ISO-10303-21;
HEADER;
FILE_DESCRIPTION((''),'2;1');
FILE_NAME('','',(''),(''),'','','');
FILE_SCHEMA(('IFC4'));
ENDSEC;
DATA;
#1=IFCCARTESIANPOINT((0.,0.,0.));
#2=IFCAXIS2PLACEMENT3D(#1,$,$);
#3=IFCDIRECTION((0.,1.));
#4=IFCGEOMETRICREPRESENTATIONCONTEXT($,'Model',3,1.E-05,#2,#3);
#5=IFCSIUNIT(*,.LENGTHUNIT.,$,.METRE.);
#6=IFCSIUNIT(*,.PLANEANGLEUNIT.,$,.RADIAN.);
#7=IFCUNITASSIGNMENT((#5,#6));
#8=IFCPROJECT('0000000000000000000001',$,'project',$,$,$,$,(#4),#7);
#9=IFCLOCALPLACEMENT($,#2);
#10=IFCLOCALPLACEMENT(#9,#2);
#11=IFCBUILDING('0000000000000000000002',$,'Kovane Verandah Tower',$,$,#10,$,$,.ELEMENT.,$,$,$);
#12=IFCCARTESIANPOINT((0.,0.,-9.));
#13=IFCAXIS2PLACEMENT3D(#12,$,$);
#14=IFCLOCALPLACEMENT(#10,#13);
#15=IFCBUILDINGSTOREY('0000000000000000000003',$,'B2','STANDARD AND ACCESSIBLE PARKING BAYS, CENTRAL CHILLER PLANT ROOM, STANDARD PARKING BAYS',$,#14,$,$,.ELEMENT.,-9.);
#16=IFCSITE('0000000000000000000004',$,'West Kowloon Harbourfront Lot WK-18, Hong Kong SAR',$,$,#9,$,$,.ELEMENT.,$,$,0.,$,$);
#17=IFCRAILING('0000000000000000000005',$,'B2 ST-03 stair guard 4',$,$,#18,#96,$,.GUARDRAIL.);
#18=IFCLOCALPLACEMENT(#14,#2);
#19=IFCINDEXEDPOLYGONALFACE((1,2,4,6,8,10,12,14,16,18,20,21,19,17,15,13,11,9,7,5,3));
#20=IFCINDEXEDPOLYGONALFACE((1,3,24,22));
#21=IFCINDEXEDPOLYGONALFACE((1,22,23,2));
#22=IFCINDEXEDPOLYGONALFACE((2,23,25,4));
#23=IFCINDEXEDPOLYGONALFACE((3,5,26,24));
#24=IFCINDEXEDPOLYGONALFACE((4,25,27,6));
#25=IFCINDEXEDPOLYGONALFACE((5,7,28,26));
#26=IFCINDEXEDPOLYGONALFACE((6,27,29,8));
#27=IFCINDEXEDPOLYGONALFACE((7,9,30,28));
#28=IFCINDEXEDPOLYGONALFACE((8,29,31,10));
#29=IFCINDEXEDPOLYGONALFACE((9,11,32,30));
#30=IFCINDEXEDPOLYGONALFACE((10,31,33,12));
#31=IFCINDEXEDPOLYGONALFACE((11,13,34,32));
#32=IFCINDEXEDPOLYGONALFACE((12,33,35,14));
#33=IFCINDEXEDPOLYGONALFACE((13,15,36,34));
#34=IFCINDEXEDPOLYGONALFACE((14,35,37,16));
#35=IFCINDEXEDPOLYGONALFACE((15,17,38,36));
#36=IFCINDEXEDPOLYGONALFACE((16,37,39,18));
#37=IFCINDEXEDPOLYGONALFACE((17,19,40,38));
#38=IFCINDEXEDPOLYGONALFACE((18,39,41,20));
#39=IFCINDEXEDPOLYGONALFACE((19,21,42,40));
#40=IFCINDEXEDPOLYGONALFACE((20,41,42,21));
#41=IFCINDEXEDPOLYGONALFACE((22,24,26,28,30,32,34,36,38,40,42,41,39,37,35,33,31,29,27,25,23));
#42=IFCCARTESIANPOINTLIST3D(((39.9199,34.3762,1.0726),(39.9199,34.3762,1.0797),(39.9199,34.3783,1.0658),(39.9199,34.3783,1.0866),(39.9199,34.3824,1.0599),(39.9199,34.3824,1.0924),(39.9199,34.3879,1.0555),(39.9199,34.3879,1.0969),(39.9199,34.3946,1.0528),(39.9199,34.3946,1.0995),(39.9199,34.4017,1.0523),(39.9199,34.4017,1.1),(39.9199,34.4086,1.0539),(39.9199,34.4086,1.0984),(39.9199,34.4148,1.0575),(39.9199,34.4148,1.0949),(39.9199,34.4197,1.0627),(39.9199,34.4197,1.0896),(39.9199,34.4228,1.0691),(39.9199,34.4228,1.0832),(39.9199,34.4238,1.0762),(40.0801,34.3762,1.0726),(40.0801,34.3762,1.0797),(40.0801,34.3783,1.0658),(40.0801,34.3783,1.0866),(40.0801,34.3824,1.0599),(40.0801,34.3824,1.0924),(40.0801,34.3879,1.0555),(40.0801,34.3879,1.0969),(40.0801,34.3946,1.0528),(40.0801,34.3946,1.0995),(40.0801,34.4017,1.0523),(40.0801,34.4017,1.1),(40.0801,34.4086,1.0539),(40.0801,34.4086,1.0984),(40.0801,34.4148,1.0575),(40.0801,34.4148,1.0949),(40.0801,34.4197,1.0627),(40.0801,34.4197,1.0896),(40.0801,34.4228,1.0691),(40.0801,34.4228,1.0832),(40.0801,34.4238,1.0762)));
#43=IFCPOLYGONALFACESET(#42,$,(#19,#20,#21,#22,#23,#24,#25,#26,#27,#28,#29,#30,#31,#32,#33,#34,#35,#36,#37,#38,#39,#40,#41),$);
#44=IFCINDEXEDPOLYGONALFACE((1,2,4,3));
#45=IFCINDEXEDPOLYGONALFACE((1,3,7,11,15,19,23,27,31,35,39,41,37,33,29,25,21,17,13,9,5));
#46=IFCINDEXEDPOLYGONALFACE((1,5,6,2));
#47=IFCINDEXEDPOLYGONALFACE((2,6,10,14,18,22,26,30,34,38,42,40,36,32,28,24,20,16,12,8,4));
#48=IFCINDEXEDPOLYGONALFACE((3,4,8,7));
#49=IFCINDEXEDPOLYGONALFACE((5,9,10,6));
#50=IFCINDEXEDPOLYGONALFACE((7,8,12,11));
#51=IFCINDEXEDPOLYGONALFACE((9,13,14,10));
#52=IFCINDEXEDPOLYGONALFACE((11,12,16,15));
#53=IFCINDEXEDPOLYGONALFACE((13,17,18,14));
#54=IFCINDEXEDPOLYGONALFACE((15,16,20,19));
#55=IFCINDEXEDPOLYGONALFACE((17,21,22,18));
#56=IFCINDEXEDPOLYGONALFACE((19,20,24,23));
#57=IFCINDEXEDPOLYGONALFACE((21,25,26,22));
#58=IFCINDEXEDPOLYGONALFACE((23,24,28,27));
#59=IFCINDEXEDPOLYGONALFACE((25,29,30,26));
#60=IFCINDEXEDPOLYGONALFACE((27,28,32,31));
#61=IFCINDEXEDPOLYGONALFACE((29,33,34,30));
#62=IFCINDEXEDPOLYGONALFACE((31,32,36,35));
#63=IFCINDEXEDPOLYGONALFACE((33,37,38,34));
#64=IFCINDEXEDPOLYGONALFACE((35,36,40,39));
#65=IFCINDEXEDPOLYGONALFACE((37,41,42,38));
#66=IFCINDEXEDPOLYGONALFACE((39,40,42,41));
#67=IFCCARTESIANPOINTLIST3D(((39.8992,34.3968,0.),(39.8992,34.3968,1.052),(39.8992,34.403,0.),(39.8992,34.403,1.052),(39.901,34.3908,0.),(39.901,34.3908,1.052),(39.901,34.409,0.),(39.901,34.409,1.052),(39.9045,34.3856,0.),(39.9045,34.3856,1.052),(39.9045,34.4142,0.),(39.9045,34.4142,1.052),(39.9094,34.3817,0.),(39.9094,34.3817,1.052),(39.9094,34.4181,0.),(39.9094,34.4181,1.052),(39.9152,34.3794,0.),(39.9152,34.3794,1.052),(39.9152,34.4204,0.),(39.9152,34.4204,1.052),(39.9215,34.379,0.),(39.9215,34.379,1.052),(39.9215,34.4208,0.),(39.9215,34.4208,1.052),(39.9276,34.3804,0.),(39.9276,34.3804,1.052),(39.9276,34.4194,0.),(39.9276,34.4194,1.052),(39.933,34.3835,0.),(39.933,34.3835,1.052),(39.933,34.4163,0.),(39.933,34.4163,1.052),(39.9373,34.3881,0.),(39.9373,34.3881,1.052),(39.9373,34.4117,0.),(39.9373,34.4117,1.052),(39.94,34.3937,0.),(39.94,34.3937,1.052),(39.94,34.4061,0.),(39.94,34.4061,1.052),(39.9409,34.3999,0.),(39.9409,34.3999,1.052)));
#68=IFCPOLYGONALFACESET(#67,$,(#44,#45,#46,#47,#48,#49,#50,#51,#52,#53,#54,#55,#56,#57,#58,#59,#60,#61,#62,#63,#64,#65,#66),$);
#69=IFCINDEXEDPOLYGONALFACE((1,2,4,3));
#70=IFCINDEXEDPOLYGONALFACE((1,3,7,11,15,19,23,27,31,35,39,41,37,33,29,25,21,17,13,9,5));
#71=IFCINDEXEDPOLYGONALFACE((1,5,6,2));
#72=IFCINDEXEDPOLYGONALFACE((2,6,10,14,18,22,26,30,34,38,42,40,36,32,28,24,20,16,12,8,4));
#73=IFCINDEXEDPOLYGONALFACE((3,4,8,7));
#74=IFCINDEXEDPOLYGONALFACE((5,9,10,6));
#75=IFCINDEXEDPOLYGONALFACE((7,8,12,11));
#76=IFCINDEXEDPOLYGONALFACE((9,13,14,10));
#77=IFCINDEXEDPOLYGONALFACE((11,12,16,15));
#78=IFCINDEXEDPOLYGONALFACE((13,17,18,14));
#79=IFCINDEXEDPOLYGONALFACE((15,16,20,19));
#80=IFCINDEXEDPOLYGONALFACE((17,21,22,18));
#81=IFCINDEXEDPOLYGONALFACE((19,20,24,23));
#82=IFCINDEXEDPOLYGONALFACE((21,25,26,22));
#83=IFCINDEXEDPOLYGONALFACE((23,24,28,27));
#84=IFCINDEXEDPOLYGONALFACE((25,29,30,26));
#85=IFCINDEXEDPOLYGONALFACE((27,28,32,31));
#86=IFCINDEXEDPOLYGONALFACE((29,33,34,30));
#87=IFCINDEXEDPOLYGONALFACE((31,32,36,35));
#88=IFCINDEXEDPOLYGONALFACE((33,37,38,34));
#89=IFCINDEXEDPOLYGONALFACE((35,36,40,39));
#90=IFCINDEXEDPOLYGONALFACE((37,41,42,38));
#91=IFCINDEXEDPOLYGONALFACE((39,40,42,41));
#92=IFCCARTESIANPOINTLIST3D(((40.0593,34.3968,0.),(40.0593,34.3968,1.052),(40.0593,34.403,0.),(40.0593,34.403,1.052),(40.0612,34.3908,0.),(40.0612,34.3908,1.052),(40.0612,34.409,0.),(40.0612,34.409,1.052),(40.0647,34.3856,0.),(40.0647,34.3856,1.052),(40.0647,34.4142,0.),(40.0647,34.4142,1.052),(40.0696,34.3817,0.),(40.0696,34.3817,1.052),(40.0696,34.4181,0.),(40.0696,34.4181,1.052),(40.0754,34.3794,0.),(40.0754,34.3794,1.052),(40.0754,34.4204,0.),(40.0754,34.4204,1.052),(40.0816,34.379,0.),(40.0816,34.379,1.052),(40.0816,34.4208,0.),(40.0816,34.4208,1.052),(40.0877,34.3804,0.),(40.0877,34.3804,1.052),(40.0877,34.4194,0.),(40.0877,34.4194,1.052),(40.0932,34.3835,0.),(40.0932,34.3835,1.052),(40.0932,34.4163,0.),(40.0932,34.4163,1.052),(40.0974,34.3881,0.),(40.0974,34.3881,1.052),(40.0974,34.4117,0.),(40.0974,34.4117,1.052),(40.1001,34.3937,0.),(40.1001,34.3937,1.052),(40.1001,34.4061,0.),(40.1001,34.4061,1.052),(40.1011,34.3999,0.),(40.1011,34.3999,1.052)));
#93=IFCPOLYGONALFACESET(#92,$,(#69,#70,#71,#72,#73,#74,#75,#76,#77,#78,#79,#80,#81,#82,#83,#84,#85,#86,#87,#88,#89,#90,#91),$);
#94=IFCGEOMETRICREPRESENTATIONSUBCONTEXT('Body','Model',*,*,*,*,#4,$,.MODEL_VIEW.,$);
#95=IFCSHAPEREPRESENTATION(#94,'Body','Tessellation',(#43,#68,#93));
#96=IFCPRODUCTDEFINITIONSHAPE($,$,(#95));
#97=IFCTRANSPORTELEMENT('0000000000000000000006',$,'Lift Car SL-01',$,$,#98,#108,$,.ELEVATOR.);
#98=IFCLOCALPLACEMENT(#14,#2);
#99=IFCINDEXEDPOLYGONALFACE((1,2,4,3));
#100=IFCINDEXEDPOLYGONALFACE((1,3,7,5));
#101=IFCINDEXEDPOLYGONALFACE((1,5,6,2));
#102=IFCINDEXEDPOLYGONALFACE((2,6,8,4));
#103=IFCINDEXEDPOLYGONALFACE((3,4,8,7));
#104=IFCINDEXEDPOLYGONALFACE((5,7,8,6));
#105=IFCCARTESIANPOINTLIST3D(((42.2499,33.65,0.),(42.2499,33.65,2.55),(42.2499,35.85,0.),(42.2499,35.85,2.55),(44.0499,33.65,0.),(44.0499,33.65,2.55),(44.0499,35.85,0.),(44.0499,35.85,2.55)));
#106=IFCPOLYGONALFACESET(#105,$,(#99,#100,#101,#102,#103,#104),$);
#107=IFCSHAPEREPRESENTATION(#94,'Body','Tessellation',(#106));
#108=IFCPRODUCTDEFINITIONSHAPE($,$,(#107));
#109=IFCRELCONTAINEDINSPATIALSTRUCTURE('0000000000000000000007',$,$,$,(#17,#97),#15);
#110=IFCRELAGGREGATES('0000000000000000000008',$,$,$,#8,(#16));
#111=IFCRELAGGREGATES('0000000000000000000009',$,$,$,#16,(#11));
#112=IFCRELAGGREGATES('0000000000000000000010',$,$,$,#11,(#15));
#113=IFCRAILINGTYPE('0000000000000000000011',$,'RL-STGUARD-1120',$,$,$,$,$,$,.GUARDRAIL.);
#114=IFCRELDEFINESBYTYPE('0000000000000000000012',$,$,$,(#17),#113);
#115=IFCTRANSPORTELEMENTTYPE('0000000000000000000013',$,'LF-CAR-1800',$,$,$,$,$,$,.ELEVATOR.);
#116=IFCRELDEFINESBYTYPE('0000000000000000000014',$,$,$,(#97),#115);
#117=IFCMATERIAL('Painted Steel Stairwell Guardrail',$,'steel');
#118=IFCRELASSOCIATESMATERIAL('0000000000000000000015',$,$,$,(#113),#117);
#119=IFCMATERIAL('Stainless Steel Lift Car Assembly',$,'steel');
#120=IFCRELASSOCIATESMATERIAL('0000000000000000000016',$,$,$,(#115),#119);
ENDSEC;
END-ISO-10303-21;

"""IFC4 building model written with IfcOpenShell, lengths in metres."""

from ifc_helpers import new_model, si_unit, direction, frame, origin, origin_2d, place, context, subcontext, project, spatial, rectangle, circle, extrude, material, type_object, element, save


model = new_model("IFC4")

# Units and contexts
model_context = context("Model", 3, precision=1e-05, world=origin(), true_north=direction((0.0, 1.0)))
body_context = subcontext(model_context, "Body", "Model", "MODEL_VIEW")
ifc_project = project(units=[si_unit("LENGTHUNIT", "METRE"), si_unit("PLANEANGLEUNIT", "RADIAN")], contexts=[model_context])

# Site, building, storey
site_placement = place(None, origin())
site = spatial("IfcSite", under=ifc_project, at=site_placement, Name="West Kowloon Harbourfront Lot WK-18, Hong Kong SAR", CompositionType="ELEMENT", RefElevation=0.0)
building_placement = place(site_placement, origin())
building = spatial("IfcBuilding", under=site, at=building_placement, Name="Kovane Verandah Tower", CompositionType="ELEMENT")
storey_placement = place(building_placement, frame((0.0, 0.0, -9.0)))
storey = spatial("IfcBuildingStorey", under=building, at=storey_placement, Name="B2", Description="STANDARD AND ACCESSIBLE PARKING BAYS, CENTRAL CHILLER PLANT ROOM, STANDARD PARKING BAYS", CompositionType="ELEMENT", Elevation=-9.0)

# Railing
ifc_material_1 = material(Name="Painted Steel Stairwell Guardrail", Category="steel")
railing_type_1 = type_object("IfcRailingType", Name="RL-STGUARD-1120", PredefinedType="GUARDRAIL", material=ifc_material_1)
railing_1_placement = place(storey_placement, frame((39.9199, 34.3999, 0.0)))
element("IfcRailing", 1, at=railing_1_placement, inside=storey, type_object=railing_type_1, Name="B2 ST-03 stair guard 4", PredefinedType="GUARDRAIL", context=body_context, shape_type="SweptSolid", body=[
    extrude(circle(Radius=0.0239, at=origin_2d()), frame((0.0, 0.0, 1.0762), z_axis=(1.0, 0.0, 0.0), x_axis=(0.0, 1.0, 0.0)), (0.0, 0.0, 1.0), 0.1602),
    extrude(circle(Radius=0.021, at=origin_2d()), origin(), (0.0, 0.0, 1.0), 1.052),
    extrude(circle(Radius=0.021, at=origin_2d()), frame((0.1602, 0.0, 0.0)), (0.0, 0.0, 1.0), 1.052),
])

# Transport element
ifc_material_2 = material(Name="Stainless Steel Lift Car Assembly", Category="steel")
transport_element_type = type_object("IfcTransportElementType", Name="LF-CAR-1800", PredefinedType="ELEVATOR", material=ifc_material_2)
transport_element_placement = place(storey_placement, frame((43.1499, 34.75, 0.0), z_axis=(0.0, 0.0, 1.0), x_axis=(1.0, 0.0, 0.0)))
element("IfcTransportElement", 2, at=transport_element_placement, inside=storey, type_object=transport_element_type, Name="Lift Car SL-01", PredefinedType="ELEVATOR", context=body_context, shape_type="SweptSolid", body=[
    extrude(rectangle(XDim=1.8, YDim=2.2, at=origin_2d()), origin(), (0.0, 0.0, 1.0), 2.55),
])

save(model, "model.ifc")
